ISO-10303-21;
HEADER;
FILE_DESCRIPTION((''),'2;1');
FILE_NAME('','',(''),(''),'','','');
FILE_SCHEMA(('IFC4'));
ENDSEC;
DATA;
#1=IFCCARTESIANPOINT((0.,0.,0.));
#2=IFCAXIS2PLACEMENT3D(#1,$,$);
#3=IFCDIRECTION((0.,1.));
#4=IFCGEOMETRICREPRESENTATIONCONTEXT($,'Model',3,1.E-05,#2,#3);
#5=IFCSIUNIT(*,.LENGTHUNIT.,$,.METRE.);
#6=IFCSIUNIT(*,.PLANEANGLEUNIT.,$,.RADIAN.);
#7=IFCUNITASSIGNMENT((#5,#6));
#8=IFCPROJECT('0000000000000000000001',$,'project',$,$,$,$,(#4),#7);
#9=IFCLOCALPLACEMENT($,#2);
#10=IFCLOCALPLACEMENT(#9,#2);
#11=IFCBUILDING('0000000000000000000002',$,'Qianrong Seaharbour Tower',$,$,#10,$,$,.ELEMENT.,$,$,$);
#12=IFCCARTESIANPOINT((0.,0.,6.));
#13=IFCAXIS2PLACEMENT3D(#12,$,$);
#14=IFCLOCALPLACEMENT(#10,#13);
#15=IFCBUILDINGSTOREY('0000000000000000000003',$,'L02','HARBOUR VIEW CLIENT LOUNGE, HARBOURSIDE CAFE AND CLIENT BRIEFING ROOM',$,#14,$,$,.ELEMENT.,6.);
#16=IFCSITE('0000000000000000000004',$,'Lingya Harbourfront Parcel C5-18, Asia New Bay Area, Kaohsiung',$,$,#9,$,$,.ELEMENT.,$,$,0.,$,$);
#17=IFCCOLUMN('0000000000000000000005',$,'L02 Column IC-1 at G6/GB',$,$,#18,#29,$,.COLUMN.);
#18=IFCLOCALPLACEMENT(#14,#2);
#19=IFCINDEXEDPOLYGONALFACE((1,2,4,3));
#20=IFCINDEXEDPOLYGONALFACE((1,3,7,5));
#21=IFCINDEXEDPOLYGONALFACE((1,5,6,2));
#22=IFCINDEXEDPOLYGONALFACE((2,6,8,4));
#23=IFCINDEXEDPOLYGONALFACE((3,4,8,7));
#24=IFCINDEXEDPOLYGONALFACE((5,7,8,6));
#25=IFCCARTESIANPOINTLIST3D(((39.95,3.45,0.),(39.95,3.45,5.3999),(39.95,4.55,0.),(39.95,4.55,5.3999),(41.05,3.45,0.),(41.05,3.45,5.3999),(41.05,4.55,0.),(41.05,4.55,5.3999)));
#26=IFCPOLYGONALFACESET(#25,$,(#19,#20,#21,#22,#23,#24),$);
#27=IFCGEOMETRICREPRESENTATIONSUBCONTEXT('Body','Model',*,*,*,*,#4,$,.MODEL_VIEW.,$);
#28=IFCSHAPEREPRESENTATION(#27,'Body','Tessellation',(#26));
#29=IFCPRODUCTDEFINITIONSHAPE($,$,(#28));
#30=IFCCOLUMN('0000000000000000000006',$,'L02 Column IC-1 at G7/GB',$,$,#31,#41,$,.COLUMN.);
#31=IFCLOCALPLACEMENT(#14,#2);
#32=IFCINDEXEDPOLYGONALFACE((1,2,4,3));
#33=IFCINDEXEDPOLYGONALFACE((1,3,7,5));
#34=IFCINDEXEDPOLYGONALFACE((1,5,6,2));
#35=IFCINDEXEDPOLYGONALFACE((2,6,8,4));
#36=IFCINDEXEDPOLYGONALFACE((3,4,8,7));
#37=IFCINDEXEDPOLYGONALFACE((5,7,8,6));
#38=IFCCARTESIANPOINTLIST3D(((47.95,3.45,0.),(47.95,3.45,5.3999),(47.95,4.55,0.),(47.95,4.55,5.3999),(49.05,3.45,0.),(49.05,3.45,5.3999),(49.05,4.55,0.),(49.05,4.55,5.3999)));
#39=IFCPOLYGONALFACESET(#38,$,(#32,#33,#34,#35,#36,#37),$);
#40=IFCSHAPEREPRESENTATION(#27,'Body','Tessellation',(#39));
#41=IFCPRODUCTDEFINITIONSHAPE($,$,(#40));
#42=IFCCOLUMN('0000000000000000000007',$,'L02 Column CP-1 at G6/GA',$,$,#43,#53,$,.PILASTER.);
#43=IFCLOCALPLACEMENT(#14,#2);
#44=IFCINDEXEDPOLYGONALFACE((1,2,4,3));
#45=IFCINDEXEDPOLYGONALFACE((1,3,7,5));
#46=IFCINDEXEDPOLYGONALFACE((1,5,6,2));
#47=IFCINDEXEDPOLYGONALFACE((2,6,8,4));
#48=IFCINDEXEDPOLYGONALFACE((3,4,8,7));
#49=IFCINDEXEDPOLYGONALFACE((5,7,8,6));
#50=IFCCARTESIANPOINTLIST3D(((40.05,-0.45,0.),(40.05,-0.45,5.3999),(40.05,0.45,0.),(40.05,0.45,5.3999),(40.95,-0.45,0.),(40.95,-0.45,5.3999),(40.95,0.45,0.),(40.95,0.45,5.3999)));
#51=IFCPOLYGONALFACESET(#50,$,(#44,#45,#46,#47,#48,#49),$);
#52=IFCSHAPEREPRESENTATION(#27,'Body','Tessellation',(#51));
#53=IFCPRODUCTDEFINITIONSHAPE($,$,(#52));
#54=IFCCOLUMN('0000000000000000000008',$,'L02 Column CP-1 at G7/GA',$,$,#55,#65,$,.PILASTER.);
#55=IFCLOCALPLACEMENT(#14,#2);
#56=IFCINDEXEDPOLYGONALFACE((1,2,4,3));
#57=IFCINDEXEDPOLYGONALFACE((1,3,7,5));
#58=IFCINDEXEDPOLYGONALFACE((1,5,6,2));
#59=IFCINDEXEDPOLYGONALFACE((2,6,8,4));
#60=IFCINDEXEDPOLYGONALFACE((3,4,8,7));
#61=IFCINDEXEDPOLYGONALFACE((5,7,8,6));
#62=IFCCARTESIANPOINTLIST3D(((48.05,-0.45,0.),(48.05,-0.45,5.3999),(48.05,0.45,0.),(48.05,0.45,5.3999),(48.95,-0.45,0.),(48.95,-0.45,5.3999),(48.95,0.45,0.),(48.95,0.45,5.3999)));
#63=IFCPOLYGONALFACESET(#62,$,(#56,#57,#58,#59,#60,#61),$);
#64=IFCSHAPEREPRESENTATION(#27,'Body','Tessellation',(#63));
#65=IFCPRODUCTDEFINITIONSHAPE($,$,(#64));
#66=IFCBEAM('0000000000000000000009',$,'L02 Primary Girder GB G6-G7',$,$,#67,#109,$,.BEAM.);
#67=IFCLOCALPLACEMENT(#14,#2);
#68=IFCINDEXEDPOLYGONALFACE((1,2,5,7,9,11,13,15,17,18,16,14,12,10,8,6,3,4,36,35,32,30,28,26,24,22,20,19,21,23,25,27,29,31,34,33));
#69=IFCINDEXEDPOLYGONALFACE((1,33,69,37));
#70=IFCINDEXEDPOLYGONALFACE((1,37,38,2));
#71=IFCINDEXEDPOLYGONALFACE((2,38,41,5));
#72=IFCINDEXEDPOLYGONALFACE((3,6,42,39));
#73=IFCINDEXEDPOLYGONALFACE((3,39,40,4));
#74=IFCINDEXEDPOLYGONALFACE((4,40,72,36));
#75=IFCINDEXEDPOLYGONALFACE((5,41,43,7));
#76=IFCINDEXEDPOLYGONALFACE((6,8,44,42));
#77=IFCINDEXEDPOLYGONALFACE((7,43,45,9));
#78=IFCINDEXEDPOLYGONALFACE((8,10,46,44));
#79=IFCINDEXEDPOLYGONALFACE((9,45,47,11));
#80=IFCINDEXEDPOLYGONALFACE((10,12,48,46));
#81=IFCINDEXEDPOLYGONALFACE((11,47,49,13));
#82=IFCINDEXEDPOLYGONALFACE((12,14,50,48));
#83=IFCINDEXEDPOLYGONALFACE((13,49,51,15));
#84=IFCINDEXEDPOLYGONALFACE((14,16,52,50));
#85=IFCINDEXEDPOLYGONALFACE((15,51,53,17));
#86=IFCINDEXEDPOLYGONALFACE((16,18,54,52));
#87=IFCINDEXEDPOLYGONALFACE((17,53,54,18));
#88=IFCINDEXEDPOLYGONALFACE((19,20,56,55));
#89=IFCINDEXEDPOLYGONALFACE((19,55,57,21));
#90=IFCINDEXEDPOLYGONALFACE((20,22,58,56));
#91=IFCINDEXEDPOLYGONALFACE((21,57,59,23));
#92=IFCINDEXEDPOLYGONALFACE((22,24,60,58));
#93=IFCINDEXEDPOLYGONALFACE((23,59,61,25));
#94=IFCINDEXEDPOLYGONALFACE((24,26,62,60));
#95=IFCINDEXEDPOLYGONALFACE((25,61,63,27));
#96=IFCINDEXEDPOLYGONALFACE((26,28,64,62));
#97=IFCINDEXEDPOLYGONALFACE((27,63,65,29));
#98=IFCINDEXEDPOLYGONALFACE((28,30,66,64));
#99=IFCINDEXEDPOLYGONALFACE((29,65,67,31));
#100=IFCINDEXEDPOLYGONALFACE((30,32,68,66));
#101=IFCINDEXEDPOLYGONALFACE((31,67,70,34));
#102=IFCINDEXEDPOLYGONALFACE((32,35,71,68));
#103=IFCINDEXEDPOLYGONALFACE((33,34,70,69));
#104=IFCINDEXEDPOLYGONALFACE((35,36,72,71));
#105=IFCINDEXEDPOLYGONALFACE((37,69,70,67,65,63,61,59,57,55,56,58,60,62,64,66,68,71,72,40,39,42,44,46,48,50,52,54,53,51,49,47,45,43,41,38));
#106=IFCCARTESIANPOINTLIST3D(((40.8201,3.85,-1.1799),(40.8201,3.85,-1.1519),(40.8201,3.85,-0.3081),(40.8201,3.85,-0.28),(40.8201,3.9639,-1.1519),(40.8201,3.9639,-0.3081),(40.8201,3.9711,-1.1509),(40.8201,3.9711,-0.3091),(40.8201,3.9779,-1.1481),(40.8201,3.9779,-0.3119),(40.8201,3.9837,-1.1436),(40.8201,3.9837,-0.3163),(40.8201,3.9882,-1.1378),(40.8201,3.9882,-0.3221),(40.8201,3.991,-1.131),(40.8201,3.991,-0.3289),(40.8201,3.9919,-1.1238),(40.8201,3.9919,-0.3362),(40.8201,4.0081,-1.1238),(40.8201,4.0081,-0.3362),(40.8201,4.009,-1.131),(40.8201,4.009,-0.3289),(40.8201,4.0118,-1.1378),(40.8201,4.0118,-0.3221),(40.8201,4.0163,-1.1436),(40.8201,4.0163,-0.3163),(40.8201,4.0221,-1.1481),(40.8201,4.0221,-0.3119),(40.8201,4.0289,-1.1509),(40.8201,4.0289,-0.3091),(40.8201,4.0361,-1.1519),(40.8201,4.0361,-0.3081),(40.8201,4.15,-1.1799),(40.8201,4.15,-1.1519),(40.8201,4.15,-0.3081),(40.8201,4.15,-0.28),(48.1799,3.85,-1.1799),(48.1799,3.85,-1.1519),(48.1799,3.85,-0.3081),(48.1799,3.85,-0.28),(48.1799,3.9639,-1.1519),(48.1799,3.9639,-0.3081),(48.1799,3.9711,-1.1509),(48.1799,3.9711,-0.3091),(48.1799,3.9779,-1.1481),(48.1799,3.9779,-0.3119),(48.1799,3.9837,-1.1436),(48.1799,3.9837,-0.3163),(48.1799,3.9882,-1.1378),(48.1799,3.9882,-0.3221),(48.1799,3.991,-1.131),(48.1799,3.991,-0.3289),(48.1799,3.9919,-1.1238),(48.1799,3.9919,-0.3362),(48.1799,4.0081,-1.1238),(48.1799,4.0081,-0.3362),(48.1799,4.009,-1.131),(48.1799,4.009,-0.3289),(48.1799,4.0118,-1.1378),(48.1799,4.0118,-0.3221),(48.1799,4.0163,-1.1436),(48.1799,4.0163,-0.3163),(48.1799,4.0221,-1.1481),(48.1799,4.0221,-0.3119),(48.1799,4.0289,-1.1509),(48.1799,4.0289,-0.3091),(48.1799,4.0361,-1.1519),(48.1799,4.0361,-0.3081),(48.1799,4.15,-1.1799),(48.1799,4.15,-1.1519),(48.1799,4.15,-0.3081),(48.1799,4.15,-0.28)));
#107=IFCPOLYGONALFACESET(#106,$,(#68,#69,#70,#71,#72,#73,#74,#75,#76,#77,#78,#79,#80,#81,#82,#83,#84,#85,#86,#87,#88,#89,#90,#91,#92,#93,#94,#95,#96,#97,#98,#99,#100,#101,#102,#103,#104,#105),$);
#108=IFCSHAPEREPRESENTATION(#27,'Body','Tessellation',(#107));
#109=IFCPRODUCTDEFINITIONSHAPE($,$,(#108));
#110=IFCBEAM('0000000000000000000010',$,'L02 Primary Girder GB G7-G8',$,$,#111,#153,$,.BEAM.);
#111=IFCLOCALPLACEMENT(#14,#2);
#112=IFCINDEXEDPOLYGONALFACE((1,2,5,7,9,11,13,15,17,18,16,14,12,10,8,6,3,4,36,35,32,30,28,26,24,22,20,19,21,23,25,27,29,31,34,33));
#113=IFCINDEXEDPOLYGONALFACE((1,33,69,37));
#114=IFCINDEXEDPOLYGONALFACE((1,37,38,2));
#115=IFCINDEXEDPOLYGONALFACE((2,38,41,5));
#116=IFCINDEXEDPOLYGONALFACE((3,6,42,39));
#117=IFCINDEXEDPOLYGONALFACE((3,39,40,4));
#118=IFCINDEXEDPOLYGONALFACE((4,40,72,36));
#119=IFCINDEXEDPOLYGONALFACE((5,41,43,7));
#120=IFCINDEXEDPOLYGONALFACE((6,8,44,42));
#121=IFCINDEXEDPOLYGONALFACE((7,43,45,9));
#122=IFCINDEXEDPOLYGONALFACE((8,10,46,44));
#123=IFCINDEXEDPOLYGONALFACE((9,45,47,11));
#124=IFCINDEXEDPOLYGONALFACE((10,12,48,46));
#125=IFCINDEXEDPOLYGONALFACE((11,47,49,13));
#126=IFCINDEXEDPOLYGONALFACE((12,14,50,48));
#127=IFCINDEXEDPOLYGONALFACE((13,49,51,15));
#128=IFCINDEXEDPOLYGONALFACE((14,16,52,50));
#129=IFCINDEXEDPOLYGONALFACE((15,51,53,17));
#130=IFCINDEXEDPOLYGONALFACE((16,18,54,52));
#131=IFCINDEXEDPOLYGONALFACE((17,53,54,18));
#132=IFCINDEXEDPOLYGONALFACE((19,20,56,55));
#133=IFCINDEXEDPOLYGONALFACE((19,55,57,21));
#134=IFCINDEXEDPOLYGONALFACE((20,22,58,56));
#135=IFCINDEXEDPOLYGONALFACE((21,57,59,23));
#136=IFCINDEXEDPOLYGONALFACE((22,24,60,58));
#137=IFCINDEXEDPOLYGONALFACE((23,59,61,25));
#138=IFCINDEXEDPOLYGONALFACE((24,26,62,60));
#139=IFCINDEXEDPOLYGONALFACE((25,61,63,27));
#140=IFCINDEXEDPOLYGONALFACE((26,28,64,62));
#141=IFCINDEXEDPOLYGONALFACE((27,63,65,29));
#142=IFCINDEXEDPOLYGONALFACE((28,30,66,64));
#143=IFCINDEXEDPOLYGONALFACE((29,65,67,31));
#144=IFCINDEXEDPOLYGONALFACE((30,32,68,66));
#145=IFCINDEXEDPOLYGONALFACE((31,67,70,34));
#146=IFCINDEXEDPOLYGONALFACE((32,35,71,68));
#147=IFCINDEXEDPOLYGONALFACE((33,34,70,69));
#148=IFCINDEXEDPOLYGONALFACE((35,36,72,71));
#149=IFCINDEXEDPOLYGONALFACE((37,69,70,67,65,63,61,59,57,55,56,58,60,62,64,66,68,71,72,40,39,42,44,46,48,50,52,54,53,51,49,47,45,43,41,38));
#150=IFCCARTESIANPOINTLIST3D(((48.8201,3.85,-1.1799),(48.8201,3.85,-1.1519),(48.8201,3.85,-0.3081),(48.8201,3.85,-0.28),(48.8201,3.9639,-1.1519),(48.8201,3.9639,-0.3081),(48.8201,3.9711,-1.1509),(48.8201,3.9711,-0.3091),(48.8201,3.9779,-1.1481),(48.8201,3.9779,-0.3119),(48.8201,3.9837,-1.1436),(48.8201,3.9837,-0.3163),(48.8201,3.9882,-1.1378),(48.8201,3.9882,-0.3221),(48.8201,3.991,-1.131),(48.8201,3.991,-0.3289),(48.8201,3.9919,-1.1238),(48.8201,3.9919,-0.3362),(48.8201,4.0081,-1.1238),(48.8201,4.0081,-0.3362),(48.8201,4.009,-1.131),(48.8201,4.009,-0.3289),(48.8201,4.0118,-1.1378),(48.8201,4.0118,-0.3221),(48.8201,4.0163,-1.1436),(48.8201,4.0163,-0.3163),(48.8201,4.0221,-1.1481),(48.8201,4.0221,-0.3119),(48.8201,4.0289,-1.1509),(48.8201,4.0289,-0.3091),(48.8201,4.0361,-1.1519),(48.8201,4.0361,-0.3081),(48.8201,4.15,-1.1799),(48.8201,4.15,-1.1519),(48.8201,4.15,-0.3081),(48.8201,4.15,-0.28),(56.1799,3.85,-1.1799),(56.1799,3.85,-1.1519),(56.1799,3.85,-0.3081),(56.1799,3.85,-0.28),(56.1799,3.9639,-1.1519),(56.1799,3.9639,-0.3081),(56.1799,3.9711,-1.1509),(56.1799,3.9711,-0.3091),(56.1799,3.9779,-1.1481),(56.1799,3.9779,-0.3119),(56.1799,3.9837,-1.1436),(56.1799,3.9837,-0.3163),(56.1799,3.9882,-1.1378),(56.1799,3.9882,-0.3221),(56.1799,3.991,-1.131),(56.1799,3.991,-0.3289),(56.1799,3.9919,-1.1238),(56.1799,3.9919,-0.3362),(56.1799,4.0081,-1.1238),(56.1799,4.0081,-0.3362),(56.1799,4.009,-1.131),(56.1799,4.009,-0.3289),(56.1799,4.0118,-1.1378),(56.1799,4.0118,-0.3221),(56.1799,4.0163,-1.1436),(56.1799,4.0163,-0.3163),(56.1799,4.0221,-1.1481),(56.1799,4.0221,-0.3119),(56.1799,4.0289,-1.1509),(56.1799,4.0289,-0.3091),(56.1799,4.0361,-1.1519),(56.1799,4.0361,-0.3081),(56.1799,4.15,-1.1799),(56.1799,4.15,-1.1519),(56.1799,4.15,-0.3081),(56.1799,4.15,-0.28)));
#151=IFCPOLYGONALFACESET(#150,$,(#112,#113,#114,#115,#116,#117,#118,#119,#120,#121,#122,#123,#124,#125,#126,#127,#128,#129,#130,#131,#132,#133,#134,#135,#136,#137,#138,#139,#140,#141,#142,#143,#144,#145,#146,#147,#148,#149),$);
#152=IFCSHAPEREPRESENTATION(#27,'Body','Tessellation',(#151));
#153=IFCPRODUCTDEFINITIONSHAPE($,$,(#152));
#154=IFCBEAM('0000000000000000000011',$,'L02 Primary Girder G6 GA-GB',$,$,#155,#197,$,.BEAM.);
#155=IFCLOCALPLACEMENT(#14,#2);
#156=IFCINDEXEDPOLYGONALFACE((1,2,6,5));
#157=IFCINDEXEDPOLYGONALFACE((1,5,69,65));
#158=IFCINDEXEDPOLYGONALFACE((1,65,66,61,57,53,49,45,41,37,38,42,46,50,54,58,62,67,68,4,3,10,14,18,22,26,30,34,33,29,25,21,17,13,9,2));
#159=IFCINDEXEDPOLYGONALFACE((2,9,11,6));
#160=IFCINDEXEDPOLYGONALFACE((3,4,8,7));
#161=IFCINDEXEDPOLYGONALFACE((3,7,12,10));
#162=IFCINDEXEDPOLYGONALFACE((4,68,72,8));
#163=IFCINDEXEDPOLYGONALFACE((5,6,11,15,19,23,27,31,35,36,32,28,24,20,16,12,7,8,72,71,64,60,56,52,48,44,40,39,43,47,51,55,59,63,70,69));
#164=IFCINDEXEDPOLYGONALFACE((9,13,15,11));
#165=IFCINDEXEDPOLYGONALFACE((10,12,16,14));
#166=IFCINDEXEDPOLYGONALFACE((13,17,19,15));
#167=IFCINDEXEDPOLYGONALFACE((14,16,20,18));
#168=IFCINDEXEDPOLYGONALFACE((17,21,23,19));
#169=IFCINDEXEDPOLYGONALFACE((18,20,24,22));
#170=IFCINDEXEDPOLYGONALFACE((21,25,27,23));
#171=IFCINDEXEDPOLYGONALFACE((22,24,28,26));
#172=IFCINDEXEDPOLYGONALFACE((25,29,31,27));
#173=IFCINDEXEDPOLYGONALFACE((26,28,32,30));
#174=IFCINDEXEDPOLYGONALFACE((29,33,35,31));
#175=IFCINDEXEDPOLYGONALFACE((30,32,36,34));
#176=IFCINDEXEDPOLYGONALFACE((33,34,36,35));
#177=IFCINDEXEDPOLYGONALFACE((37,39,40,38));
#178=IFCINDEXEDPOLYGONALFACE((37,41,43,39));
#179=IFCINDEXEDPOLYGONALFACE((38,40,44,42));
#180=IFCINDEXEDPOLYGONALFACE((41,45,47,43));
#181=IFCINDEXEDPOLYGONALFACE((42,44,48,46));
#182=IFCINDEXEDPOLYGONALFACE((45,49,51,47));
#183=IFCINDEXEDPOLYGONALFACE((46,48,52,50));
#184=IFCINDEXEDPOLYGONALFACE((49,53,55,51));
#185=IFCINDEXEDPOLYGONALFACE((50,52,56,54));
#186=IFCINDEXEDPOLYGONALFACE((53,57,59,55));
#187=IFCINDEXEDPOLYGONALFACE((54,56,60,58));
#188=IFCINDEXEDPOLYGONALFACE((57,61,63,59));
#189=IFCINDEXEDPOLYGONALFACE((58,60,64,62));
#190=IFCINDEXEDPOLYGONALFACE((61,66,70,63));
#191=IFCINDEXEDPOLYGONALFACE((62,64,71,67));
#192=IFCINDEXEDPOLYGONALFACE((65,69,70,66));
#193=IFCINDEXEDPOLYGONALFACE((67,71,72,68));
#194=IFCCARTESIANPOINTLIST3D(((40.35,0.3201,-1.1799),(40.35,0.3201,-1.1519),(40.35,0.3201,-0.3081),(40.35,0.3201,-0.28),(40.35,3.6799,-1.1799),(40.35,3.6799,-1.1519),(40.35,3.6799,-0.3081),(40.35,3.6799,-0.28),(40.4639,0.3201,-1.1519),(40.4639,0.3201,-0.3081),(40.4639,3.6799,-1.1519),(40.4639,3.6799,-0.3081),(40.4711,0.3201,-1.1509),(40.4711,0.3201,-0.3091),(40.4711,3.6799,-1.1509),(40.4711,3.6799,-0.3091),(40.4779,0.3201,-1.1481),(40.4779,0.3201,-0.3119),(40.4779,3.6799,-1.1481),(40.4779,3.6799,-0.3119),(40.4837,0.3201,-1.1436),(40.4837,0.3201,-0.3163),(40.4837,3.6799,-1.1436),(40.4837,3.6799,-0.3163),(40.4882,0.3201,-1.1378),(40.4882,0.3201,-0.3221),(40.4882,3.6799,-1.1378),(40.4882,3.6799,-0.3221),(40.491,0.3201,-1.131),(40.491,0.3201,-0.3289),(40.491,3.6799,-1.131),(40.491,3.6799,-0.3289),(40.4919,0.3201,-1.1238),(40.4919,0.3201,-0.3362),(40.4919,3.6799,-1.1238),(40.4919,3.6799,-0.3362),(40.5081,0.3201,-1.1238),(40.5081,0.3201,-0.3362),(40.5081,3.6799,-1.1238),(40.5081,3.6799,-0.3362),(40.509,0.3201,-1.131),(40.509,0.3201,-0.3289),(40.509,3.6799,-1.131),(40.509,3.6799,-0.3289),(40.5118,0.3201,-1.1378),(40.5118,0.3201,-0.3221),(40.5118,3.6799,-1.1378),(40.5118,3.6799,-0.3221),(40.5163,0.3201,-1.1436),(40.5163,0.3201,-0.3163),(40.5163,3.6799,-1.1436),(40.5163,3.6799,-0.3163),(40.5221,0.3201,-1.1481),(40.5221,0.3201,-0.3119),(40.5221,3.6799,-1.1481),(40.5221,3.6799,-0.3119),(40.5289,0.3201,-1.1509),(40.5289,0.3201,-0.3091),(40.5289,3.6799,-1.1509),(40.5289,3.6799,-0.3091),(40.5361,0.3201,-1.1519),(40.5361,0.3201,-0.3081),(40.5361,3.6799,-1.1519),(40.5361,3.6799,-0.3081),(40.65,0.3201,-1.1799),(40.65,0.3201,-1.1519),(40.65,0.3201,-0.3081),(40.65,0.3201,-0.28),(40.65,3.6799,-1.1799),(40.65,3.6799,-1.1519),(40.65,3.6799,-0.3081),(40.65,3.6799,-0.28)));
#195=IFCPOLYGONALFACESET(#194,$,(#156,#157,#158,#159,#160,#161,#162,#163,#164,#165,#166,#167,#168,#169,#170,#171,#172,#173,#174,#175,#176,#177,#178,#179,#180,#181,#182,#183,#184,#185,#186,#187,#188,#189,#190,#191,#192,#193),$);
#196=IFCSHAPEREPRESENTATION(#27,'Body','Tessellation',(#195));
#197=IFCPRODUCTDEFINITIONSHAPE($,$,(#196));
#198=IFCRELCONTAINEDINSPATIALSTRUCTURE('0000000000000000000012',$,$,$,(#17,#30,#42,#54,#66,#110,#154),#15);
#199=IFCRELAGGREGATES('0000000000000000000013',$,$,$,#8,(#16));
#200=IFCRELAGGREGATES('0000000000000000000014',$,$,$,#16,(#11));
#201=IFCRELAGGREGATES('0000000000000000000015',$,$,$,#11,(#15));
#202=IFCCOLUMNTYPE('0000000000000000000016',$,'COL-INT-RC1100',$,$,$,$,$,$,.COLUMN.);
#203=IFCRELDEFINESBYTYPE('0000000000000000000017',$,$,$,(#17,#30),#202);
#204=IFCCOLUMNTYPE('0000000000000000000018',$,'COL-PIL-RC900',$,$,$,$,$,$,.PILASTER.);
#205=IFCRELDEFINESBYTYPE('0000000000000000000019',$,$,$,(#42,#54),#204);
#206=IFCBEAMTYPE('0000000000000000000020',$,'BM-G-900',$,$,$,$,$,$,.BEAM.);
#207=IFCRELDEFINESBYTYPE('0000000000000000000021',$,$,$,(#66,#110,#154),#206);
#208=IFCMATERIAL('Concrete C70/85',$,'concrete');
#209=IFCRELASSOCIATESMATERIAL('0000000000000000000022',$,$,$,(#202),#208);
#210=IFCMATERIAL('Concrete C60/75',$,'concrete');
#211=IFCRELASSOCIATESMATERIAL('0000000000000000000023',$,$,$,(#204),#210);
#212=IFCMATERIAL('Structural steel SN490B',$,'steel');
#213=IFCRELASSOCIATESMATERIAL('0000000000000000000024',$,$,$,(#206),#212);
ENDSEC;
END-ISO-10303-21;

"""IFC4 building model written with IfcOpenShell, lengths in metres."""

from ifc_helpers import new_model, si_unit, direction, frame, origin, origin_2d, place, context, subcontext, project, spatial, rectangle, i_section, extrude, material, material_profile, profile_set, type_object, element, save


model = new_model("IFC4")

# Units and contexts
model_context = context("Model", 3, precision=1e-05, world=origin(), true_north=direction((0.0, 1.0)))
body_context = subcontext(model_context, "Body", "Model", "MODEL_VIEW")
ifc_project = project(units=[si_unit("LENGTHUNIT", "METRE"), si_unit("PLANEANGLEUNIT", "RADIAN")], contexts=[model_context])

# Site, building, storey
site_placement = place(None, origin())
site = spatial("IfcSite", under=ifc_project, at=site_placement, Name="Lingya Harbourfront Parcel C5-18, Asia New Bay Area, Kaohsiung", CompositionType="ELEMENT", RefElevation=0.0)
building_placement = place(site_placement, origin())
building = spatial("IfcBuilding", under=site, at=building_placement, Name="Qianrong Seaharbour Tower", CompositionType="ELEMENT")
storey_placement = place(building_placement, frame((0.0, 0.0, 6.0)))
storey = spatial("IfcBuildingStorey", under=building, at=storey_placement, Name="L02", Description="HARBOUR VIEW CLIENT LOUNGE, HARBOURSIDE CAFE AND CLIENT BRIEFING ROOM", CompositionType="ELEMENT", Elevation=6.0)

# Columns
ifc_material_1 = material(Name="Concrete C70/85", Category="concrete")
ifc_material_profile_1 = material_profile(ifc_material_1, rectangle(XDim=1.1001, YDim=1.1001, at=origin_2d()), Name="RC1100x1100")
ifc_profile_set_1 = profile_set([ifc_material_profile_1], Name="Concrete C70/85")
column_type_1 = type_object("IfcColumnType", Name="COL-INT-RC1100", PredefinedType="COLUMN", material=ifc_profile_set_1)
for number, where, z_axis, x_axis, name in (
    (1, (40.5, 4.0, 0.0), (0.0, 0.0, 1.0), (1.0, 0.0, 0.0), "L02 Column IC-1 at G6/GB"),
    (2, (48.5, 4.0, 0.0), (0.0, 0.0, 1.0), (1.0, 0.0, 0.0), "L02 Column IC-1 at G7/GB"),
):
    element("IfcColumn", number, at=place(storey_placement, frame(where, z_axis=z_axis, x_axis=x_axis)), inside=storey, type_object=column_type_1, Name=name, PredefinedType="COLUMN", context=body_context, shape_type="SweptSolid", body=[
        extrude(rectangle(XDim=1.1001, YDim=1.1001, at=origin_2d()), origin(), (0.0, 0.0, 1.0), 5.3999),
    ])
ifc_material_2 = material(Name="Concrete C60/75", Category="concrete")
ifc_material_profile_2 = material_profile(ifc_material_2, rectangle(XDim=0.8999, YDim=0.8999, at=origin_2d()), Name="RC900x900")
ifc_profile_set_2 = profile_set([ifc_material_profile_2], Name="Concrete C60/75")
column_type_2 = type_object("IfcColumnType", Name="COL-PIL-RC900", PredefinedType="PILASTER", material=ifc_profile_set_2)
for number, where, z_axis, x_axis, name in (
    (3, (40.5, 0.0, 0.0), (0.0, 0.0, 1.0), (1.0, 0.0, 0.0), "L02 Column CP-1 at G6/GA"),
    (4, (48.5, 0.0, 0.0), (0.0, 0.0, 1.0), (1.0, 0.0, 0.0), "L02 Column CP-1 at G7/GA"),
):
    element("IfcColumn", number, at=place(storey_placement, frame(where, z_axis=z_axis, x_axis=x_axis)), inside=storey, type_object=column_type_2, Name=name, PredefinedType="PILASTER", context=body_context, shape_type="SweptSolid", body=[
        extrude(rectangle(XDim=0.8999, YDim=0.8999, at=origin_2d()), origin(), (0.0, 0.0, 1.0), 5.3999),
    ])

# Beams
ifc_material_3 = material(Name="Structural steel SN490B", Category="steel")
ifc_material_profile_3 = material_profile(ifc_material_3, i_section(OverallWidth=0.3, OverallDepth=0.8999, WebThickness=0.0161, FlangeThickness=0.0281, FilletRadius=0.0281, at=origin_2d()), Name="H900x300x16x28")
ifc_profile_set_3 = profile_set([ifc_material_profile_3], Name="Structural steel SN490B")
beam_type_1 = type_object("IfcBeamType", Name="BM-G-900", PredefinedType="BEAM", material=ifc_profile_set_3)
for number, where, z_axis, x_axis, name in (
    (5, (40.8201, 4.0, -0.73), (1.0, 0.0, 0.0), (0.0, 1.0, 0.0), "L02 Primary Girder GB G6-G7"),
    (6, (48.8201, 4.0, -0.73), (1.0, 0.0, 0.0), (0.0, 1.0, 0.0), "L02 Primary Girder GB G7-G8"),
):
    element("IfcBeam", number, at=place(storey_placement, frame(where, z_axis=z_axis, x_axis=x_axis)), inside=storey, type_object=beam_type_1, Name=name, PredefinedType="BEAM", context=body_context, shape_type="SweptSolid", body=[
        extrude(i_section(OverallWidth=0.3, OverallDepth=0.8999, WebThickness=0.0161, FlangeThickness=0.0281, FilletRadius=0.0281, at=origin_2d()), origin(), (0.0, 0.0, 1.0), 7.3599),
    ])
for number, where, z_axis, x_axis, name in (
    (7, (40.5, 0.3201, -0.73), (0.0, 1.0, 0.0), (-1.0, 0.0, 0.0), "L02 Primary Girder G6 GA-GB"),
):
    element("IfcBeam", number, at=place(storey_placement, frame(where, z_axis=z_axis, x_axis=x_axis)), inside=storey, type_object=beam_type_1, Name=name, PredefinedType="BEAM", context=body_context, shape_type="SweptSolid", body=[
        extrude(i_section(OverallWidth=0.3, OverallDepth=0.8999, WebThickness=0.0161, FlangeThickness=0.0281, FilletRadius=0.0281, at=origin_2d()), origin(), (0.0, 0.0, 1.0), 3.3599),
    ])

save(model, "model.ifc")
